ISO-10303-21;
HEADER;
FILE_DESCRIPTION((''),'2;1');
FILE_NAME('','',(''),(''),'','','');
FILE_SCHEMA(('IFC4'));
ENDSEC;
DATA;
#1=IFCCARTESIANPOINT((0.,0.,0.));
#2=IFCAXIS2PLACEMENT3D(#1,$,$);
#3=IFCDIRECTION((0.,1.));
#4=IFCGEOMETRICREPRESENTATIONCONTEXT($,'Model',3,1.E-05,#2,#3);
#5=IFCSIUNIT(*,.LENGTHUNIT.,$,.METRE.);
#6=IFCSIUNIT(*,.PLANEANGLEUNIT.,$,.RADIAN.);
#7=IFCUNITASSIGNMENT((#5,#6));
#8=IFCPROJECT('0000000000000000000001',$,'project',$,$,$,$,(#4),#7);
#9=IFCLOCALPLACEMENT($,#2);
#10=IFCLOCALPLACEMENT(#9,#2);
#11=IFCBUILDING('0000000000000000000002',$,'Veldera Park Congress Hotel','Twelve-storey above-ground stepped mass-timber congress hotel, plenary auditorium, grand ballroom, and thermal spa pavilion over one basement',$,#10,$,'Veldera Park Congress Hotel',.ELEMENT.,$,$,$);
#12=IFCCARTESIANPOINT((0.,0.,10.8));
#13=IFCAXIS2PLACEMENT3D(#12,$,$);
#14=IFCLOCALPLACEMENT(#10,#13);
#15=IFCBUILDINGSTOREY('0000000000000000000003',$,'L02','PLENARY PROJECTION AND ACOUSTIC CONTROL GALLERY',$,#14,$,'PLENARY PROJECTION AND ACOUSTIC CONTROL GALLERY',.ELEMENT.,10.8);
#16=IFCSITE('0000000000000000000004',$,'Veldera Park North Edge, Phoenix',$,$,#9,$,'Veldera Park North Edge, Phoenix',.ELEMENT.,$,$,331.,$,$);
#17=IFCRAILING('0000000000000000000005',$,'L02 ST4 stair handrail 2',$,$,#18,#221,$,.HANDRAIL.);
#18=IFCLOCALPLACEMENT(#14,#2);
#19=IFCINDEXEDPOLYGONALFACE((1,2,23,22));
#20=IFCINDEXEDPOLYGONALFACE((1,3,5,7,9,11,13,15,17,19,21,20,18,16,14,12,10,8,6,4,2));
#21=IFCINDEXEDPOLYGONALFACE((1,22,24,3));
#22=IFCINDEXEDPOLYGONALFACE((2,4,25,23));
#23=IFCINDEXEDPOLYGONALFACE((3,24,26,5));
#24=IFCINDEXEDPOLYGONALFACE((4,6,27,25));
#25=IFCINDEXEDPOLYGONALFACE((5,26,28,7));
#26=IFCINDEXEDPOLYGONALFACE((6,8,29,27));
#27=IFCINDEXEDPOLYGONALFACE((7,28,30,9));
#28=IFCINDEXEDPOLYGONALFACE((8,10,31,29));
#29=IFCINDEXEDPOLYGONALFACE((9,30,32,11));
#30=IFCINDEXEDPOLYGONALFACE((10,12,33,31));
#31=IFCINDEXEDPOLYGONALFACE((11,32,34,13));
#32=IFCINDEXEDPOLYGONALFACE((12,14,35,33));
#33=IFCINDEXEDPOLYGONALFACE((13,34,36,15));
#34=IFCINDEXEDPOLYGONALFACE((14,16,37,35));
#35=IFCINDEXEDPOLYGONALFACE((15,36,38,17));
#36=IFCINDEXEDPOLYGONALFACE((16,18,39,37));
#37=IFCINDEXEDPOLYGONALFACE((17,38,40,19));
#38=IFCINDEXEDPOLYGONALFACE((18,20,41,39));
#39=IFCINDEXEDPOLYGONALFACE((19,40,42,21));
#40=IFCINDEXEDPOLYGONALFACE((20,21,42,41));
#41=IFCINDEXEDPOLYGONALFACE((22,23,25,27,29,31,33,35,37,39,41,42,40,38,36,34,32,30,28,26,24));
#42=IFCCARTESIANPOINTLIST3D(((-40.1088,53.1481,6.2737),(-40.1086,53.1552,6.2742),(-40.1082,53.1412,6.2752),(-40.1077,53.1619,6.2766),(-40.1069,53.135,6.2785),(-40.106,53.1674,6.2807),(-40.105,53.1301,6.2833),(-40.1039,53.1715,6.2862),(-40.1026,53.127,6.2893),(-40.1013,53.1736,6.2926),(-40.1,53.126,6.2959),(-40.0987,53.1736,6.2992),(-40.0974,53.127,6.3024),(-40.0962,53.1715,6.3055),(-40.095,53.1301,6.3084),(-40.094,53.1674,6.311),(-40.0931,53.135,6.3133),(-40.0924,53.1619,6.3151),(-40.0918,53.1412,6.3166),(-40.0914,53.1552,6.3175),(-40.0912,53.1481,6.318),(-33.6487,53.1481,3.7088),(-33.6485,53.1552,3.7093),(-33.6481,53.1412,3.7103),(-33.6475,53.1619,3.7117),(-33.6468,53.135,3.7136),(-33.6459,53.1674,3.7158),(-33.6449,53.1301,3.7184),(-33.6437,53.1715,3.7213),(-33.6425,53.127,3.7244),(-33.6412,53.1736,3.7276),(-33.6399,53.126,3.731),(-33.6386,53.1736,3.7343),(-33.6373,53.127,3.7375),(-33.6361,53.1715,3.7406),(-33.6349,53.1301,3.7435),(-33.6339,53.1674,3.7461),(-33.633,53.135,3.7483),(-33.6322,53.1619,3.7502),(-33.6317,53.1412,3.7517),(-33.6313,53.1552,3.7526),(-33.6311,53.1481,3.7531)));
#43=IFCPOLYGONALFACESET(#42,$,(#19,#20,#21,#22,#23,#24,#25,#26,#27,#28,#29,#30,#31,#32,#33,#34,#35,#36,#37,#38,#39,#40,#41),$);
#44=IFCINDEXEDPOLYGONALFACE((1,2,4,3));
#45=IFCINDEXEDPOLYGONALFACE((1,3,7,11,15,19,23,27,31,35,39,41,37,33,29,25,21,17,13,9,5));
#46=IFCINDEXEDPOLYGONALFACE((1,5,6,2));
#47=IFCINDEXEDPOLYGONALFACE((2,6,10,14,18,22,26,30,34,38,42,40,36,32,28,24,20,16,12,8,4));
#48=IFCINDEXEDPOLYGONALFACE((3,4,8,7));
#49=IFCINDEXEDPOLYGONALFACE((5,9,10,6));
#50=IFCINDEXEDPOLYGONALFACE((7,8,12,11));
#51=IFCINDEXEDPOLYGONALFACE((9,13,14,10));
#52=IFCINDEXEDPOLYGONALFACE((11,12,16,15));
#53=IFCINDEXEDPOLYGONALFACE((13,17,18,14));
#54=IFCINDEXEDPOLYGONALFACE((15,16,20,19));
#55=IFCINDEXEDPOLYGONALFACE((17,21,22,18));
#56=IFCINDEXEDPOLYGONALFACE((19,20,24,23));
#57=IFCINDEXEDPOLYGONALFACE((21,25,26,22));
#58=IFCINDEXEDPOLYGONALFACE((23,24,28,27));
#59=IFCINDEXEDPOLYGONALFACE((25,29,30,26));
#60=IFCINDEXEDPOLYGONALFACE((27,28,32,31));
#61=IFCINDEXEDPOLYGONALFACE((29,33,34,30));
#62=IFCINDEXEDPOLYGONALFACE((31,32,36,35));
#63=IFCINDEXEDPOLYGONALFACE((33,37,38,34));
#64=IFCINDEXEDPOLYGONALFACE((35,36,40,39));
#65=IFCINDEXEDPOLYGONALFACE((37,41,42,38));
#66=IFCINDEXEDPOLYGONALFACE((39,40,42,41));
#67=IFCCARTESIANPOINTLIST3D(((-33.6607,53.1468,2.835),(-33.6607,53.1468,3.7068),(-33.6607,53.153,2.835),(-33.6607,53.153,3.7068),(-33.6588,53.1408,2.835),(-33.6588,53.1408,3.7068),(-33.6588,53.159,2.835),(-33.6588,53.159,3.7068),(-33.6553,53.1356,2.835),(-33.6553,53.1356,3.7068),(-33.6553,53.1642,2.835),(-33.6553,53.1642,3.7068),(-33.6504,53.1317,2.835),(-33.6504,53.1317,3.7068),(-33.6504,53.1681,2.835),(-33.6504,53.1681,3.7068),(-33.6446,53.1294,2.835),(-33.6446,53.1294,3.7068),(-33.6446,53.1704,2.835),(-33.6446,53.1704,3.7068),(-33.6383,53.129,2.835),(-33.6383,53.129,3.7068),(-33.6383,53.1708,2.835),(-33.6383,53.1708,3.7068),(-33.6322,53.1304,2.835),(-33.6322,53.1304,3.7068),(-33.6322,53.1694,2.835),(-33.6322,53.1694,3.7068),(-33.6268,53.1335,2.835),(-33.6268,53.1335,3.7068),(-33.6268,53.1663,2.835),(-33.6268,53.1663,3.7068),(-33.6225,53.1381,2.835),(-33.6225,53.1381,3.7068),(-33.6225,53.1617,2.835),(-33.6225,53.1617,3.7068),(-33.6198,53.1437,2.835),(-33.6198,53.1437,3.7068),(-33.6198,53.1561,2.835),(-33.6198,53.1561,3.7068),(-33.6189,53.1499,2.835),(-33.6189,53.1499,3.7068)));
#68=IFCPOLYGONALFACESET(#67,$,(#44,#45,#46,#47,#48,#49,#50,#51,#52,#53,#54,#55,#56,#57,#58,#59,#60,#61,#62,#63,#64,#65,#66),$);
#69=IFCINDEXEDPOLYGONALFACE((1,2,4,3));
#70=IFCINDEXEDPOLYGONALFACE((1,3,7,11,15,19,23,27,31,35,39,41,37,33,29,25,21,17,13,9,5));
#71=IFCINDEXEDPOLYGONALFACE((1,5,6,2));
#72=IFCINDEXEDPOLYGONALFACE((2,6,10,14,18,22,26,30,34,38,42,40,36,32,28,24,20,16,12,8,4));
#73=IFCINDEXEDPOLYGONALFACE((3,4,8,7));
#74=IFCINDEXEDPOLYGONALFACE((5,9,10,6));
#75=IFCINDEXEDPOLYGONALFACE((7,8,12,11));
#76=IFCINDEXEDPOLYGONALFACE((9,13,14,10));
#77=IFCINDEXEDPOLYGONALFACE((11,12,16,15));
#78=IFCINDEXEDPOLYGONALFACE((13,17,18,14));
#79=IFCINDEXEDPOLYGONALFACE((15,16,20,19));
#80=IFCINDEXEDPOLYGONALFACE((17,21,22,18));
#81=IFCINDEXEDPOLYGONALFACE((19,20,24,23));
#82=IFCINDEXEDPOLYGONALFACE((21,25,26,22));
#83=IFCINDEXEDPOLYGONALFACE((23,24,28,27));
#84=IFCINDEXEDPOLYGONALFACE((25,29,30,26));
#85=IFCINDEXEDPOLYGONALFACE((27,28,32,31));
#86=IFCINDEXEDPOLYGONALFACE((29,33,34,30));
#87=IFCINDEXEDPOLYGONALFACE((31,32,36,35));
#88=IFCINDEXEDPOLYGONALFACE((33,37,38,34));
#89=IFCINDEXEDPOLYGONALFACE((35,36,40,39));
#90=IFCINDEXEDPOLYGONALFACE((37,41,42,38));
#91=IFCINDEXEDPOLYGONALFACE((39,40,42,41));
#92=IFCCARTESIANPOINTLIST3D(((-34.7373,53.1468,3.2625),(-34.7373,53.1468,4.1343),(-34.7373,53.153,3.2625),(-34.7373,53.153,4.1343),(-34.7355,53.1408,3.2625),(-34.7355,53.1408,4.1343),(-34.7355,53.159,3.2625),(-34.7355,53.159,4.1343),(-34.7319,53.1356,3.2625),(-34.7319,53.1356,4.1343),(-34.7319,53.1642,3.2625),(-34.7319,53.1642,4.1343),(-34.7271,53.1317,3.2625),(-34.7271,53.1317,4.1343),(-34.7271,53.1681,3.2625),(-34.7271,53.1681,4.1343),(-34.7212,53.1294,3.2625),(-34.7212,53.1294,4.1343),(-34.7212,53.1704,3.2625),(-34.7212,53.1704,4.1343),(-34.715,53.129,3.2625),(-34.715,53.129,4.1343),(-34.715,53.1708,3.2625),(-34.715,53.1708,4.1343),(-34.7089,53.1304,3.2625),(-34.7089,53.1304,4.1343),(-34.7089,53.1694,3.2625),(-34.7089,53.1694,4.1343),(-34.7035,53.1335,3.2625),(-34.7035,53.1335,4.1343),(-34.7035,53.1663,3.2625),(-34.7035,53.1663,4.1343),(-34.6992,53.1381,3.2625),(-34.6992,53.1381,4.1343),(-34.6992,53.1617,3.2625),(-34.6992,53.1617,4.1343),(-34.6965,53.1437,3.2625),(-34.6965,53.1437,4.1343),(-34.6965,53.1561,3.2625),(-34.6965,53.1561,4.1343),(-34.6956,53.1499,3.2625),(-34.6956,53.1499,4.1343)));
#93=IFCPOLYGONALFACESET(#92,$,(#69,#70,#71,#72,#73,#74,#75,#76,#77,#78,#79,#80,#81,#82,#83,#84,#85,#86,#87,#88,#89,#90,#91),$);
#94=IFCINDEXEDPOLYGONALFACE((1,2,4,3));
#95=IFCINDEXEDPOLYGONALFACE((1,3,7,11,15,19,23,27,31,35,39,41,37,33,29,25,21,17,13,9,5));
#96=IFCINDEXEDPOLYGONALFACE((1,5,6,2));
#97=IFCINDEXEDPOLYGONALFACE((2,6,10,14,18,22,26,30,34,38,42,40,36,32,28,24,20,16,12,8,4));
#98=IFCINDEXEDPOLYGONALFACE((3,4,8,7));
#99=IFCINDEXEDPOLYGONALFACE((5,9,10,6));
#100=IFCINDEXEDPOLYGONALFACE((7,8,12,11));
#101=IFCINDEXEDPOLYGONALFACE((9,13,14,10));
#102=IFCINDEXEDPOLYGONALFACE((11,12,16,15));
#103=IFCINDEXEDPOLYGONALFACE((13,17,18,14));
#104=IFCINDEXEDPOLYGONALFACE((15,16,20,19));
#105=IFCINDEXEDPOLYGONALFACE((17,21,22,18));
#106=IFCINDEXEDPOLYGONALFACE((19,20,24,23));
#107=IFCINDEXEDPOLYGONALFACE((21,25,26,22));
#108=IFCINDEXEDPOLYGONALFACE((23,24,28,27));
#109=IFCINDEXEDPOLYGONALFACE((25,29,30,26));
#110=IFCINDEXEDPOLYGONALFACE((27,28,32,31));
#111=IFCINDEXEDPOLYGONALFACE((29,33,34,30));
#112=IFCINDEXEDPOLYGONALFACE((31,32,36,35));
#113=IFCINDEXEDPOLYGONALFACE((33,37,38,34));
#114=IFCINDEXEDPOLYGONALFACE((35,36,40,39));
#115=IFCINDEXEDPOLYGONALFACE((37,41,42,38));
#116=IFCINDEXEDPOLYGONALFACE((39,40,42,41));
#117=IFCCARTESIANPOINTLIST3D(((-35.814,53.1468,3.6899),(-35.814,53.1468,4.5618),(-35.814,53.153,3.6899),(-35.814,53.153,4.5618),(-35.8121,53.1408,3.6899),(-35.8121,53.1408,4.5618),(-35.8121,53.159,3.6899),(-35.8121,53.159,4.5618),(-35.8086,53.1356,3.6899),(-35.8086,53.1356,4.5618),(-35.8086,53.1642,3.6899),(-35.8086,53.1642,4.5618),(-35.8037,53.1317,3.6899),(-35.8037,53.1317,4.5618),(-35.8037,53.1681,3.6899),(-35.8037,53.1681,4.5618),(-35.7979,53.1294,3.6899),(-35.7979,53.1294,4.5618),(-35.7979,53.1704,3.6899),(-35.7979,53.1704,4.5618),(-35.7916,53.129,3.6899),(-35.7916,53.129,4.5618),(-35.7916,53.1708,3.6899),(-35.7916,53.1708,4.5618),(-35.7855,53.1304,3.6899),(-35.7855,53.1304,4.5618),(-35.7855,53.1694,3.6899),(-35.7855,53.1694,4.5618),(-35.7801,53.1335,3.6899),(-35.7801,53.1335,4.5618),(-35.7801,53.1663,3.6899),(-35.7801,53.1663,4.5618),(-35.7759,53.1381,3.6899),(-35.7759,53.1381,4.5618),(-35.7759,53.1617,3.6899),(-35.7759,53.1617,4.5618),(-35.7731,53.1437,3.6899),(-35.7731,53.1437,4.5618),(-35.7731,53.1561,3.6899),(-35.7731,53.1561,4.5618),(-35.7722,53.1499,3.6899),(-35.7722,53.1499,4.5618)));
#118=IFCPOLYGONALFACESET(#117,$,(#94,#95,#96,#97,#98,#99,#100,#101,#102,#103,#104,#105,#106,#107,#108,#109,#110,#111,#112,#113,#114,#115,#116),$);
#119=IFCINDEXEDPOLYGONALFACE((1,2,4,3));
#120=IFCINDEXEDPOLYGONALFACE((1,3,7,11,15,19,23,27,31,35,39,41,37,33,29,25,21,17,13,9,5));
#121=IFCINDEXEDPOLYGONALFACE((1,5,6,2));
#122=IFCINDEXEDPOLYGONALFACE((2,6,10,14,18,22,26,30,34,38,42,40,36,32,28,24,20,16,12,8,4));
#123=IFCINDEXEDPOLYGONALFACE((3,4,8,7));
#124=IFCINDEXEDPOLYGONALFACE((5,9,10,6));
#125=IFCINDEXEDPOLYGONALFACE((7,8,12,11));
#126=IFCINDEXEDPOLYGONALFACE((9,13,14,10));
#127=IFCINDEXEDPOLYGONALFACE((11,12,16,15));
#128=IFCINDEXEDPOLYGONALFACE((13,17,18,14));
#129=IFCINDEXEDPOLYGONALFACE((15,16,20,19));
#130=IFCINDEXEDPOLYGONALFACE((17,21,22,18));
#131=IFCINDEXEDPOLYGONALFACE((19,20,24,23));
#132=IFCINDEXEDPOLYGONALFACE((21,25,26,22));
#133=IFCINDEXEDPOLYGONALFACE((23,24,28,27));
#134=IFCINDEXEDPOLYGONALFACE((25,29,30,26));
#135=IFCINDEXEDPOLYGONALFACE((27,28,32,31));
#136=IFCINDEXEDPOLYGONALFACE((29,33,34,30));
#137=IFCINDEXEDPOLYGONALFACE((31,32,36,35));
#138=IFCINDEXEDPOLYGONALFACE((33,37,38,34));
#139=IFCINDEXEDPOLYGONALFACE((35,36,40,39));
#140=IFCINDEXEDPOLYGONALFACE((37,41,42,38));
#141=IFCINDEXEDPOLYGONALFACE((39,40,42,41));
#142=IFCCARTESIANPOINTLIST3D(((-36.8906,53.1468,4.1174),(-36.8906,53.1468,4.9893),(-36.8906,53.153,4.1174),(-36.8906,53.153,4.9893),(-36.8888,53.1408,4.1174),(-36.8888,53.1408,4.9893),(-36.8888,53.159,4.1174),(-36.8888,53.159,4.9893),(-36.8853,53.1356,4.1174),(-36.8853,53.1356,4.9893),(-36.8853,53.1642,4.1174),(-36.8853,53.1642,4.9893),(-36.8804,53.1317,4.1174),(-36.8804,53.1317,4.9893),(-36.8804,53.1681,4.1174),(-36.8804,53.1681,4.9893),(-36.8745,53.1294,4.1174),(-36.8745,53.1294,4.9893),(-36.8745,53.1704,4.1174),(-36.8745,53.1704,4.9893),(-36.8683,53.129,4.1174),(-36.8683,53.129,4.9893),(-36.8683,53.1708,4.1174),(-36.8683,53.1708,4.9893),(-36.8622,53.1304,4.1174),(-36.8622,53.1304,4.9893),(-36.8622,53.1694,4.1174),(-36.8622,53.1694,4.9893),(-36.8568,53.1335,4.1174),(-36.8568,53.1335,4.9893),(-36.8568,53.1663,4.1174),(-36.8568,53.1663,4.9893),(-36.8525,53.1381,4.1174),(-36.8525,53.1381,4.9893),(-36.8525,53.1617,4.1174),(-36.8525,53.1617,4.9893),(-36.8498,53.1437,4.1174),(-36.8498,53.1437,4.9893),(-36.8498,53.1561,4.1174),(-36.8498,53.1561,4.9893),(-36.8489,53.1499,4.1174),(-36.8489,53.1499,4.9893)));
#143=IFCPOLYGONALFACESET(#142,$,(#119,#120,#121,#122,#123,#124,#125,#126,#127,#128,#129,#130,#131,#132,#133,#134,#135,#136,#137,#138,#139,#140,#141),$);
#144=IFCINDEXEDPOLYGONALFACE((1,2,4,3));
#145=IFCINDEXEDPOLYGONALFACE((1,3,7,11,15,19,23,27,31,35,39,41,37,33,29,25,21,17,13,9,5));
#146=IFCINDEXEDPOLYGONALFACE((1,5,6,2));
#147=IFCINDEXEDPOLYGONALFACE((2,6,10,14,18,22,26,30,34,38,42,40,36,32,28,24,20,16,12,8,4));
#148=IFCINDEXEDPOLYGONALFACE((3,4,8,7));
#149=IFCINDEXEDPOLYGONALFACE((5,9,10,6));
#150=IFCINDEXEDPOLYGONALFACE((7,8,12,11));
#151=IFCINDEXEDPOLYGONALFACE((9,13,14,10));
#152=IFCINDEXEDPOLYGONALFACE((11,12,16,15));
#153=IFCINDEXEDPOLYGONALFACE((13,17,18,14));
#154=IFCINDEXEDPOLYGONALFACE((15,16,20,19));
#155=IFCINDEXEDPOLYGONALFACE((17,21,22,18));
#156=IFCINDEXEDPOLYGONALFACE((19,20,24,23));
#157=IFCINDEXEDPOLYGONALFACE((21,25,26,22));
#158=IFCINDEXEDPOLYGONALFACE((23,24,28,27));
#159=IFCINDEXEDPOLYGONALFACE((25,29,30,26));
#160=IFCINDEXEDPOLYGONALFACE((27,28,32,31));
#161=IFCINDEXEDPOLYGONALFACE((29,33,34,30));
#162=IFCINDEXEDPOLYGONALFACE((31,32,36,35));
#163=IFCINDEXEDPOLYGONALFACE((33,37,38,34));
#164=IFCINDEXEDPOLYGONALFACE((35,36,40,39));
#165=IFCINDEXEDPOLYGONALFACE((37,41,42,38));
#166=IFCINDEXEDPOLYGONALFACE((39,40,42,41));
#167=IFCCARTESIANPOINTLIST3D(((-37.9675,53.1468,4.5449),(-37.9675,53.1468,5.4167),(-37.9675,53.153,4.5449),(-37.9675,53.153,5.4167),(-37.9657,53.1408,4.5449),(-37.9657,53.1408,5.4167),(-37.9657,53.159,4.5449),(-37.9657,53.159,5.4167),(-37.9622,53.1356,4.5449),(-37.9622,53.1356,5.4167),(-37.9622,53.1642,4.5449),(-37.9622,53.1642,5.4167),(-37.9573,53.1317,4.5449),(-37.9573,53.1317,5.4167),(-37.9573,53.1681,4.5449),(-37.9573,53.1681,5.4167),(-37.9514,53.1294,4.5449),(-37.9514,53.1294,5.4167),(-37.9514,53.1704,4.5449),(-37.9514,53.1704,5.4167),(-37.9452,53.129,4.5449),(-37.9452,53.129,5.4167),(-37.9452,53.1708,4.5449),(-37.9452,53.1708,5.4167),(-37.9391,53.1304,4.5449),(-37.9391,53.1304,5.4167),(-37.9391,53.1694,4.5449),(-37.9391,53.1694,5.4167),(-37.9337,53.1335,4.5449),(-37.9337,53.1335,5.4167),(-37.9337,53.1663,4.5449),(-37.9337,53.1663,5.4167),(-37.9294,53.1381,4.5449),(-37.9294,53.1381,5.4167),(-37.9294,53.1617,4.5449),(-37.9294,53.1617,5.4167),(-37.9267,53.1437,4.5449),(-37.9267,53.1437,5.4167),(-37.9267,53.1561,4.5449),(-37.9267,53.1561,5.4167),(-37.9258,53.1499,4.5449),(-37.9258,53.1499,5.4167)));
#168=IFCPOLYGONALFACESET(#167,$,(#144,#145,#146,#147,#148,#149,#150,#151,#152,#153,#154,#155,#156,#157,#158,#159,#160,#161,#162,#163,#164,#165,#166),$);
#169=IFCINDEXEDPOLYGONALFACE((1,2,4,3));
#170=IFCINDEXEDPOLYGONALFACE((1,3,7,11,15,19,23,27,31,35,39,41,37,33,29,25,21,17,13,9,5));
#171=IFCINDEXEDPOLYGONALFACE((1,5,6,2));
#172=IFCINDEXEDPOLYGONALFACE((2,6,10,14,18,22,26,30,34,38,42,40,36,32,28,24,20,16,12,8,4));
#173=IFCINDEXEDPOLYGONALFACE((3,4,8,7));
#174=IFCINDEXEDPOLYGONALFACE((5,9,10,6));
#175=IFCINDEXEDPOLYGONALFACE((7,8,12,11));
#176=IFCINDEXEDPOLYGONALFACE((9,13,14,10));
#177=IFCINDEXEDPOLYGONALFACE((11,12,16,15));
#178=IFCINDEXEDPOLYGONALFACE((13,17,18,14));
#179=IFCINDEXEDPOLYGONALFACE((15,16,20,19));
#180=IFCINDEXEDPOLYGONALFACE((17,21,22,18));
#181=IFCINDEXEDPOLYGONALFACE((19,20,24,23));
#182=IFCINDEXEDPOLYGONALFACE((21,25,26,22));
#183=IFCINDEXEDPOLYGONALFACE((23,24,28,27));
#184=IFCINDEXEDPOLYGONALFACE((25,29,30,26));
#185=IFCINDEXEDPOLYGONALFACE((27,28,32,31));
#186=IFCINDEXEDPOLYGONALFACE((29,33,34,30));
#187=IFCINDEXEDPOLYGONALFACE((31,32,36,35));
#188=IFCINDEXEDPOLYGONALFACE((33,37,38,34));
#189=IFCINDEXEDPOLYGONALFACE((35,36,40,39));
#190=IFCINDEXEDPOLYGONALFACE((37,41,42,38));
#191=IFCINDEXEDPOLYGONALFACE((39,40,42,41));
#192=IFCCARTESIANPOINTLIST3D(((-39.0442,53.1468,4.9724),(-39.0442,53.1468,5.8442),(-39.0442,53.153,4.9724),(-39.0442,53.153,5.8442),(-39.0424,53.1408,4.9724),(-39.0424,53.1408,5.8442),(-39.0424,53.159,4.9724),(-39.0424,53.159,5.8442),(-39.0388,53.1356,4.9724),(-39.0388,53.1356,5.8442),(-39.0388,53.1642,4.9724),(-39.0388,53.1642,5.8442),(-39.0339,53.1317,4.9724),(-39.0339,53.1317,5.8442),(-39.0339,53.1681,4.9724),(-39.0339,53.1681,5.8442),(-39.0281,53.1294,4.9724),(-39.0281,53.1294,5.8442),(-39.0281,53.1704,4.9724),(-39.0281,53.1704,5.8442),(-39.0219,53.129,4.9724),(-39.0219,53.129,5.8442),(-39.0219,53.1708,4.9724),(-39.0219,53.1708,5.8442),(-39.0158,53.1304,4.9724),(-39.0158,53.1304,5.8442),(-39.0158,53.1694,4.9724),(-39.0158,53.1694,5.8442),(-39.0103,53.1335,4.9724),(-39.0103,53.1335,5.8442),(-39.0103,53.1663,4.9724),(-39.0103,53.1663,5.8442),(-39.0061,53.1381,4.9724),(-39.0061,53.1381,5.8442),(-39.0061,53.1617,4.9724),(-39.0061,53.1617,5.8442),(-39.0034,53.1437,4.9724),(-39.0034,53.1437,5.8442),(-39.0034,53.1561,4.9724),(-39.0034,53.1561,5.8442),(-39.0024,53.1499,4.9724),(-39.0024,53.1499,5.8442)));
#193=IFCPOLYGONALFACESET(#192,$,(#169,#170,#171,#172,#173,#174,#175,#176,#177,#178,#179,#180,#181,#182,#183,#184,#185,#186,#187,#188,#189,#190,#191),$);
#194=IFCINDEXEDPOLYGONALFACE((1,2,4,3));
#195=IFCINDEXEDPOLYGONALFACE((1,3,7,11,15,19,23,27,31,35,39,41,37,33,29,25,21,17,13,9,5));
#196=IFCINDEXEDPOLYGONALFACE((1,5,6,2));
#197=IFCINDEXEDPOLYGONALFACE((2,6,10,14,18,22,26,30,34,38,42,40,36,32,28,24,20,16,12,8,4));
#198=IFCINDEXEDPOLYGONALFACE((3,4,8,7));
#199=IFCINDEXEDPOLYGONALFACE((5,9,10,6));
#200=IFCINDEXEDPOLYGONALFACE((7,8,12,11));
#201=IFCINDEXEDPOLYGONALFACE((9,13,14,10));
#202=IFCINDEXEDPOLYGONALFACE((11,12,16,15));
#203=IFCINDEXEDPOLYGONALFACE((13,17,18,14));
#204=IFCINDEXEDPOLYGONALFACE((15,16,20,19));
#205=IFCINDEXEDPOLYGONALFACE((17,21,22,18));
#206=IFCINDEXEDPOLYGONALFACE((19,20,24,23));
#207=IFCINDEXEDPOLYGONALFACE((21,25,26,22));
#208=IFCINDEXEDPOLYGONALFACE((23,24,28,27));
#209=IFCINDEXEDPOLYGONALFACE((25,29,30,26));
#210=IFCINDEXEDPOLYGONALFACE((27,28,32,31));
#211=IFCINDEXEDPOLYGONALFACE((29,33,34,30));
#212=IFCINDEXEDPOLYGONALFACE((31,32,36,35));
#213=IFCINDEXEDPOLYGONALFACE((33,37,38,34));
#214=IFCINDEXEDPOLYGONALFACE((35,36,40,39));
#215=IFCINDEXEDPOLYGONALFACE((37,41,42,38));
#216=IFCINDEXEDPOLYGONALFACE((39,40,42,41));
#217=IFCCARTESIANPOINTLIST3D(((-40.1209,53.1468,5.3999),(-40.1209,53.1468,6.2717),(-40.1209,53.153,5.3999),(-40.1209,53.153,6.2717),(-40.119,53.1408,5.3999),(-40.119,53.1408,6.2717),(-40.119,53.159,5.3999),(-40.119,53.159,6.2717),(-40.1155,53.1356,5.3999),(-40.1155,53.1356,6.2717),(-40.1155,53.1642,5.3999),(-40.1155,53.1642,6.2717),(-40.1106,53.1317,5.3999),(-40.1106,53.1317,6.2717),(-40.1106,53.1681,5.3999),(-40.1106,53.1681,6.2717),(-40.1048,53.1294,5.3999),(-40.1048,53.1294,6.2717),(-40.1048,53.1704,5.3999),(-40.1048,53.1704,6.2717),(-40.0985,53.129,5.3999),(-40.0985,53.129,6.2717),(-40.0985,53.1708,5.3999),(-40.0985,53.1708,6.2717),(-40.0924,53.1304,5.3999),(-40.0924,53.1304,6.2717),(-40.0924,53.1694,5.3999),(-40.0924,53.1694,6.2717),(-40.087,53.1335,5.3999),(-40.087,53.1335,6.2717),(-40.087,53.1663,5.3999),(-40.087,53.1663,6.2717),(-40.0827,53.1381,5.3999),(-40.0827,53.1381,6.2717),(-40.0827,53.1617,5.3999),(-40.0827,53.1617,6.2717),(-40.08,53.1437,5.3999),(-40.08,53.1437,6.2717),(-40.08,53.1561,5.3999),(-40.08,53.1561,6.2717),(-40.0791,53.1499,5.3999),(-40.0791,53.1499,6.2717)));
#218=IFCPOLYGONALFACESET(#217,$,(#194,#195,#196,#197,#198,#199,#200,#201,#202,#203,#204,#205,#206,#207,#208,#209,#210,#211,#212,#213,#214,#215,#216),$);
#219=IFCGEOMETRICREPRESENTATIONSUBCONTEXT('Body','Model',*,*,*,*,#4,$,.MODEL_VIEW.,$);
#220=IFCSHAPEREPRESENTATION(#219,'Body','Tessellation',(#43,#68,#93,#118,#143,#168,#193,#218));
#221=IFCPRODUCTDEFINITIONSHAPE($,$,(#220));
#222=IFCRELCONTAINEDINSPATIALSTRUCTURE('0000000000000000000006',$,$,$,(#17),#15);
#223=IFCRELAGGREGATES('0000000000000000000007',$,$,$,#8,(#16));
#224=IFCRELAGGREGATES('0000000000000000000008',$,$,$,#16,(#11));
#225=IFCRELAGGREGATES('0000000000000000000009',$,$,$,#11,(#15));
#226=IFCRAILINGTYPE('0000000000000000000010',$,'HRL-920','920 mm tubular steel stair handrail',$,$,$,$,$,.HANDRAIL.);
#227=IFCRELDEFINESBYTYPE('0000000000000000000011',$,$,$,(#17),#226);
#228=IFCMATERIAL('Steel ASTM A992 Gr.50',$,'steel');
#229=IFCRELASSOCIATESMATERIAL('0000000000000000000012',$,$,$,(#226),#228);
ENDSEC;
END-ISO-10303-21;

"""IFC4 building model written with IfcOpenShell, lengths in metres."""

from ifc_helpers import new_model, si_unit, direction, frame, origin, origin_2d, place, context, subcontext, project, spatial, circle, extrude, material, type_object, element, save


model = new_model("IFC4")

# Units and contexts
model_context = context("Model", 3, precision=1e-05, world=origin(), true_north=direction((0.0, 1.0)))
body_context = subcontext(model_context, "Body", "Model", "MODEL_VIEW")
ifc_project = project(units=[si_unit("LENGTHUNIT", "METRE"), si_unit("PLANEANGLEUNIT", "RADIAN")], contexts=[model_context])

# Site, building, storey
site_placement = place(None, origin())
site = spatial("IfcSite", under=ifc_project, at=site_placement, Name="Veldera Park North Edge, Phoenix", LongName="Veldera Park North Edge, Phoenix", CompositionType="ELEMENT", RefElevation=331.0)
building_placement = place(site_placement, origin())
building = spatial("IfcBuilding", under=site, at=building_placement, Name="Veldera Park Congress Hotel", Description="Twelve-storey above-ground stepped mass-timber congress hotel, plenary auditorium, grand ballroom, and thermal spa pavilion over one basement", LongName="Veldera Park Congress Hotel", CompositionType="ELEMENT")
storey_placement = place(building_placement, frame((0.0, 0.0, 10.8)))
storey = spatial("IfcBuildingStorey", under=building, at=storey_placement, Name="L02", Description="PLENARY PROJECTION AND ACOUSTIC CONTROL GALLERY", LongName="PLENARY PROJECTION AND ACOUSTIC CONTROL GALLERY", CompositionType="ELEMENT", Elevation=10.8)

# Shared definitions
ifc_material_1 = material(Name="Steel ASTM A992 Gr.50", Category="steel")

# Railing
railing_type_1 = type_object("IfcRailingType", Name="HRL-920", Description="920 mm tubular steel stair handrail", PredefinedType="HANDRAIL", material=ifc_material_1)
railing_1_placement = place(storey_placement, frame((-33.6399, 53.1499, 2.835)))
element("IfcRailing", 1, at=railing_1_placement, inside=storey, type_object=railing_type_1, Name="L02 ST4 stair handrail 2", PredefinedType="HANDRAIL", context=body_context, shape_type="SweptSolid", body=[
    extrude(circle(Radius=0.0239, at=origin_2d()), frame((0.0, 0.0, 0.896), z_axis=(-0.929423, 0.0, 0.369016), x_axis=(0.0, -1.0, 0.0)), (0.0, 0.0, 1.0), 6.9507),
    extrude(circle(Radius=0.021, at=origin_2d()), origin(), (0.0, 0.0, 1.0), 0.8718),
    extrude(circle(Radius=0.021, at=origin_2d()), frame((-1.0767, 0.0, 0.4275)), (0.0, 0.0, 1.0), 0.8718),
    extrude(circle(Radius=0.021, at=origin_2d()), frame((-2.1533, 0.0, 0.855)), (0.0, 0.0, 1.0), 0.8718),
    extrude(circle(Radius=0.021, at=origin_2d()), frame((-3.23, 0.0, 1.2825)), (0.0, 0.0, 1.0), 0.8718),
    extrude(circle(Radius=0.021, at=origin_2d()), frame((-4.3069, 0.0, 1.71)), (0.0, 0.0, 1.0), 0.8718),
    extrude(circle(Radius=0.021, at=origin_2d()), frame((-5.3835, 0.0, 2.1375)), (0.0, 0.0, 1.0), 0.8718),
    extrude(circle(Radius=0.021, at=origin_2d()), frame((-6.4602, 0.0, 2.5649)), (0.0, 0.0, 1.0), 0.8718),
])

save(model, "model.ifc")
